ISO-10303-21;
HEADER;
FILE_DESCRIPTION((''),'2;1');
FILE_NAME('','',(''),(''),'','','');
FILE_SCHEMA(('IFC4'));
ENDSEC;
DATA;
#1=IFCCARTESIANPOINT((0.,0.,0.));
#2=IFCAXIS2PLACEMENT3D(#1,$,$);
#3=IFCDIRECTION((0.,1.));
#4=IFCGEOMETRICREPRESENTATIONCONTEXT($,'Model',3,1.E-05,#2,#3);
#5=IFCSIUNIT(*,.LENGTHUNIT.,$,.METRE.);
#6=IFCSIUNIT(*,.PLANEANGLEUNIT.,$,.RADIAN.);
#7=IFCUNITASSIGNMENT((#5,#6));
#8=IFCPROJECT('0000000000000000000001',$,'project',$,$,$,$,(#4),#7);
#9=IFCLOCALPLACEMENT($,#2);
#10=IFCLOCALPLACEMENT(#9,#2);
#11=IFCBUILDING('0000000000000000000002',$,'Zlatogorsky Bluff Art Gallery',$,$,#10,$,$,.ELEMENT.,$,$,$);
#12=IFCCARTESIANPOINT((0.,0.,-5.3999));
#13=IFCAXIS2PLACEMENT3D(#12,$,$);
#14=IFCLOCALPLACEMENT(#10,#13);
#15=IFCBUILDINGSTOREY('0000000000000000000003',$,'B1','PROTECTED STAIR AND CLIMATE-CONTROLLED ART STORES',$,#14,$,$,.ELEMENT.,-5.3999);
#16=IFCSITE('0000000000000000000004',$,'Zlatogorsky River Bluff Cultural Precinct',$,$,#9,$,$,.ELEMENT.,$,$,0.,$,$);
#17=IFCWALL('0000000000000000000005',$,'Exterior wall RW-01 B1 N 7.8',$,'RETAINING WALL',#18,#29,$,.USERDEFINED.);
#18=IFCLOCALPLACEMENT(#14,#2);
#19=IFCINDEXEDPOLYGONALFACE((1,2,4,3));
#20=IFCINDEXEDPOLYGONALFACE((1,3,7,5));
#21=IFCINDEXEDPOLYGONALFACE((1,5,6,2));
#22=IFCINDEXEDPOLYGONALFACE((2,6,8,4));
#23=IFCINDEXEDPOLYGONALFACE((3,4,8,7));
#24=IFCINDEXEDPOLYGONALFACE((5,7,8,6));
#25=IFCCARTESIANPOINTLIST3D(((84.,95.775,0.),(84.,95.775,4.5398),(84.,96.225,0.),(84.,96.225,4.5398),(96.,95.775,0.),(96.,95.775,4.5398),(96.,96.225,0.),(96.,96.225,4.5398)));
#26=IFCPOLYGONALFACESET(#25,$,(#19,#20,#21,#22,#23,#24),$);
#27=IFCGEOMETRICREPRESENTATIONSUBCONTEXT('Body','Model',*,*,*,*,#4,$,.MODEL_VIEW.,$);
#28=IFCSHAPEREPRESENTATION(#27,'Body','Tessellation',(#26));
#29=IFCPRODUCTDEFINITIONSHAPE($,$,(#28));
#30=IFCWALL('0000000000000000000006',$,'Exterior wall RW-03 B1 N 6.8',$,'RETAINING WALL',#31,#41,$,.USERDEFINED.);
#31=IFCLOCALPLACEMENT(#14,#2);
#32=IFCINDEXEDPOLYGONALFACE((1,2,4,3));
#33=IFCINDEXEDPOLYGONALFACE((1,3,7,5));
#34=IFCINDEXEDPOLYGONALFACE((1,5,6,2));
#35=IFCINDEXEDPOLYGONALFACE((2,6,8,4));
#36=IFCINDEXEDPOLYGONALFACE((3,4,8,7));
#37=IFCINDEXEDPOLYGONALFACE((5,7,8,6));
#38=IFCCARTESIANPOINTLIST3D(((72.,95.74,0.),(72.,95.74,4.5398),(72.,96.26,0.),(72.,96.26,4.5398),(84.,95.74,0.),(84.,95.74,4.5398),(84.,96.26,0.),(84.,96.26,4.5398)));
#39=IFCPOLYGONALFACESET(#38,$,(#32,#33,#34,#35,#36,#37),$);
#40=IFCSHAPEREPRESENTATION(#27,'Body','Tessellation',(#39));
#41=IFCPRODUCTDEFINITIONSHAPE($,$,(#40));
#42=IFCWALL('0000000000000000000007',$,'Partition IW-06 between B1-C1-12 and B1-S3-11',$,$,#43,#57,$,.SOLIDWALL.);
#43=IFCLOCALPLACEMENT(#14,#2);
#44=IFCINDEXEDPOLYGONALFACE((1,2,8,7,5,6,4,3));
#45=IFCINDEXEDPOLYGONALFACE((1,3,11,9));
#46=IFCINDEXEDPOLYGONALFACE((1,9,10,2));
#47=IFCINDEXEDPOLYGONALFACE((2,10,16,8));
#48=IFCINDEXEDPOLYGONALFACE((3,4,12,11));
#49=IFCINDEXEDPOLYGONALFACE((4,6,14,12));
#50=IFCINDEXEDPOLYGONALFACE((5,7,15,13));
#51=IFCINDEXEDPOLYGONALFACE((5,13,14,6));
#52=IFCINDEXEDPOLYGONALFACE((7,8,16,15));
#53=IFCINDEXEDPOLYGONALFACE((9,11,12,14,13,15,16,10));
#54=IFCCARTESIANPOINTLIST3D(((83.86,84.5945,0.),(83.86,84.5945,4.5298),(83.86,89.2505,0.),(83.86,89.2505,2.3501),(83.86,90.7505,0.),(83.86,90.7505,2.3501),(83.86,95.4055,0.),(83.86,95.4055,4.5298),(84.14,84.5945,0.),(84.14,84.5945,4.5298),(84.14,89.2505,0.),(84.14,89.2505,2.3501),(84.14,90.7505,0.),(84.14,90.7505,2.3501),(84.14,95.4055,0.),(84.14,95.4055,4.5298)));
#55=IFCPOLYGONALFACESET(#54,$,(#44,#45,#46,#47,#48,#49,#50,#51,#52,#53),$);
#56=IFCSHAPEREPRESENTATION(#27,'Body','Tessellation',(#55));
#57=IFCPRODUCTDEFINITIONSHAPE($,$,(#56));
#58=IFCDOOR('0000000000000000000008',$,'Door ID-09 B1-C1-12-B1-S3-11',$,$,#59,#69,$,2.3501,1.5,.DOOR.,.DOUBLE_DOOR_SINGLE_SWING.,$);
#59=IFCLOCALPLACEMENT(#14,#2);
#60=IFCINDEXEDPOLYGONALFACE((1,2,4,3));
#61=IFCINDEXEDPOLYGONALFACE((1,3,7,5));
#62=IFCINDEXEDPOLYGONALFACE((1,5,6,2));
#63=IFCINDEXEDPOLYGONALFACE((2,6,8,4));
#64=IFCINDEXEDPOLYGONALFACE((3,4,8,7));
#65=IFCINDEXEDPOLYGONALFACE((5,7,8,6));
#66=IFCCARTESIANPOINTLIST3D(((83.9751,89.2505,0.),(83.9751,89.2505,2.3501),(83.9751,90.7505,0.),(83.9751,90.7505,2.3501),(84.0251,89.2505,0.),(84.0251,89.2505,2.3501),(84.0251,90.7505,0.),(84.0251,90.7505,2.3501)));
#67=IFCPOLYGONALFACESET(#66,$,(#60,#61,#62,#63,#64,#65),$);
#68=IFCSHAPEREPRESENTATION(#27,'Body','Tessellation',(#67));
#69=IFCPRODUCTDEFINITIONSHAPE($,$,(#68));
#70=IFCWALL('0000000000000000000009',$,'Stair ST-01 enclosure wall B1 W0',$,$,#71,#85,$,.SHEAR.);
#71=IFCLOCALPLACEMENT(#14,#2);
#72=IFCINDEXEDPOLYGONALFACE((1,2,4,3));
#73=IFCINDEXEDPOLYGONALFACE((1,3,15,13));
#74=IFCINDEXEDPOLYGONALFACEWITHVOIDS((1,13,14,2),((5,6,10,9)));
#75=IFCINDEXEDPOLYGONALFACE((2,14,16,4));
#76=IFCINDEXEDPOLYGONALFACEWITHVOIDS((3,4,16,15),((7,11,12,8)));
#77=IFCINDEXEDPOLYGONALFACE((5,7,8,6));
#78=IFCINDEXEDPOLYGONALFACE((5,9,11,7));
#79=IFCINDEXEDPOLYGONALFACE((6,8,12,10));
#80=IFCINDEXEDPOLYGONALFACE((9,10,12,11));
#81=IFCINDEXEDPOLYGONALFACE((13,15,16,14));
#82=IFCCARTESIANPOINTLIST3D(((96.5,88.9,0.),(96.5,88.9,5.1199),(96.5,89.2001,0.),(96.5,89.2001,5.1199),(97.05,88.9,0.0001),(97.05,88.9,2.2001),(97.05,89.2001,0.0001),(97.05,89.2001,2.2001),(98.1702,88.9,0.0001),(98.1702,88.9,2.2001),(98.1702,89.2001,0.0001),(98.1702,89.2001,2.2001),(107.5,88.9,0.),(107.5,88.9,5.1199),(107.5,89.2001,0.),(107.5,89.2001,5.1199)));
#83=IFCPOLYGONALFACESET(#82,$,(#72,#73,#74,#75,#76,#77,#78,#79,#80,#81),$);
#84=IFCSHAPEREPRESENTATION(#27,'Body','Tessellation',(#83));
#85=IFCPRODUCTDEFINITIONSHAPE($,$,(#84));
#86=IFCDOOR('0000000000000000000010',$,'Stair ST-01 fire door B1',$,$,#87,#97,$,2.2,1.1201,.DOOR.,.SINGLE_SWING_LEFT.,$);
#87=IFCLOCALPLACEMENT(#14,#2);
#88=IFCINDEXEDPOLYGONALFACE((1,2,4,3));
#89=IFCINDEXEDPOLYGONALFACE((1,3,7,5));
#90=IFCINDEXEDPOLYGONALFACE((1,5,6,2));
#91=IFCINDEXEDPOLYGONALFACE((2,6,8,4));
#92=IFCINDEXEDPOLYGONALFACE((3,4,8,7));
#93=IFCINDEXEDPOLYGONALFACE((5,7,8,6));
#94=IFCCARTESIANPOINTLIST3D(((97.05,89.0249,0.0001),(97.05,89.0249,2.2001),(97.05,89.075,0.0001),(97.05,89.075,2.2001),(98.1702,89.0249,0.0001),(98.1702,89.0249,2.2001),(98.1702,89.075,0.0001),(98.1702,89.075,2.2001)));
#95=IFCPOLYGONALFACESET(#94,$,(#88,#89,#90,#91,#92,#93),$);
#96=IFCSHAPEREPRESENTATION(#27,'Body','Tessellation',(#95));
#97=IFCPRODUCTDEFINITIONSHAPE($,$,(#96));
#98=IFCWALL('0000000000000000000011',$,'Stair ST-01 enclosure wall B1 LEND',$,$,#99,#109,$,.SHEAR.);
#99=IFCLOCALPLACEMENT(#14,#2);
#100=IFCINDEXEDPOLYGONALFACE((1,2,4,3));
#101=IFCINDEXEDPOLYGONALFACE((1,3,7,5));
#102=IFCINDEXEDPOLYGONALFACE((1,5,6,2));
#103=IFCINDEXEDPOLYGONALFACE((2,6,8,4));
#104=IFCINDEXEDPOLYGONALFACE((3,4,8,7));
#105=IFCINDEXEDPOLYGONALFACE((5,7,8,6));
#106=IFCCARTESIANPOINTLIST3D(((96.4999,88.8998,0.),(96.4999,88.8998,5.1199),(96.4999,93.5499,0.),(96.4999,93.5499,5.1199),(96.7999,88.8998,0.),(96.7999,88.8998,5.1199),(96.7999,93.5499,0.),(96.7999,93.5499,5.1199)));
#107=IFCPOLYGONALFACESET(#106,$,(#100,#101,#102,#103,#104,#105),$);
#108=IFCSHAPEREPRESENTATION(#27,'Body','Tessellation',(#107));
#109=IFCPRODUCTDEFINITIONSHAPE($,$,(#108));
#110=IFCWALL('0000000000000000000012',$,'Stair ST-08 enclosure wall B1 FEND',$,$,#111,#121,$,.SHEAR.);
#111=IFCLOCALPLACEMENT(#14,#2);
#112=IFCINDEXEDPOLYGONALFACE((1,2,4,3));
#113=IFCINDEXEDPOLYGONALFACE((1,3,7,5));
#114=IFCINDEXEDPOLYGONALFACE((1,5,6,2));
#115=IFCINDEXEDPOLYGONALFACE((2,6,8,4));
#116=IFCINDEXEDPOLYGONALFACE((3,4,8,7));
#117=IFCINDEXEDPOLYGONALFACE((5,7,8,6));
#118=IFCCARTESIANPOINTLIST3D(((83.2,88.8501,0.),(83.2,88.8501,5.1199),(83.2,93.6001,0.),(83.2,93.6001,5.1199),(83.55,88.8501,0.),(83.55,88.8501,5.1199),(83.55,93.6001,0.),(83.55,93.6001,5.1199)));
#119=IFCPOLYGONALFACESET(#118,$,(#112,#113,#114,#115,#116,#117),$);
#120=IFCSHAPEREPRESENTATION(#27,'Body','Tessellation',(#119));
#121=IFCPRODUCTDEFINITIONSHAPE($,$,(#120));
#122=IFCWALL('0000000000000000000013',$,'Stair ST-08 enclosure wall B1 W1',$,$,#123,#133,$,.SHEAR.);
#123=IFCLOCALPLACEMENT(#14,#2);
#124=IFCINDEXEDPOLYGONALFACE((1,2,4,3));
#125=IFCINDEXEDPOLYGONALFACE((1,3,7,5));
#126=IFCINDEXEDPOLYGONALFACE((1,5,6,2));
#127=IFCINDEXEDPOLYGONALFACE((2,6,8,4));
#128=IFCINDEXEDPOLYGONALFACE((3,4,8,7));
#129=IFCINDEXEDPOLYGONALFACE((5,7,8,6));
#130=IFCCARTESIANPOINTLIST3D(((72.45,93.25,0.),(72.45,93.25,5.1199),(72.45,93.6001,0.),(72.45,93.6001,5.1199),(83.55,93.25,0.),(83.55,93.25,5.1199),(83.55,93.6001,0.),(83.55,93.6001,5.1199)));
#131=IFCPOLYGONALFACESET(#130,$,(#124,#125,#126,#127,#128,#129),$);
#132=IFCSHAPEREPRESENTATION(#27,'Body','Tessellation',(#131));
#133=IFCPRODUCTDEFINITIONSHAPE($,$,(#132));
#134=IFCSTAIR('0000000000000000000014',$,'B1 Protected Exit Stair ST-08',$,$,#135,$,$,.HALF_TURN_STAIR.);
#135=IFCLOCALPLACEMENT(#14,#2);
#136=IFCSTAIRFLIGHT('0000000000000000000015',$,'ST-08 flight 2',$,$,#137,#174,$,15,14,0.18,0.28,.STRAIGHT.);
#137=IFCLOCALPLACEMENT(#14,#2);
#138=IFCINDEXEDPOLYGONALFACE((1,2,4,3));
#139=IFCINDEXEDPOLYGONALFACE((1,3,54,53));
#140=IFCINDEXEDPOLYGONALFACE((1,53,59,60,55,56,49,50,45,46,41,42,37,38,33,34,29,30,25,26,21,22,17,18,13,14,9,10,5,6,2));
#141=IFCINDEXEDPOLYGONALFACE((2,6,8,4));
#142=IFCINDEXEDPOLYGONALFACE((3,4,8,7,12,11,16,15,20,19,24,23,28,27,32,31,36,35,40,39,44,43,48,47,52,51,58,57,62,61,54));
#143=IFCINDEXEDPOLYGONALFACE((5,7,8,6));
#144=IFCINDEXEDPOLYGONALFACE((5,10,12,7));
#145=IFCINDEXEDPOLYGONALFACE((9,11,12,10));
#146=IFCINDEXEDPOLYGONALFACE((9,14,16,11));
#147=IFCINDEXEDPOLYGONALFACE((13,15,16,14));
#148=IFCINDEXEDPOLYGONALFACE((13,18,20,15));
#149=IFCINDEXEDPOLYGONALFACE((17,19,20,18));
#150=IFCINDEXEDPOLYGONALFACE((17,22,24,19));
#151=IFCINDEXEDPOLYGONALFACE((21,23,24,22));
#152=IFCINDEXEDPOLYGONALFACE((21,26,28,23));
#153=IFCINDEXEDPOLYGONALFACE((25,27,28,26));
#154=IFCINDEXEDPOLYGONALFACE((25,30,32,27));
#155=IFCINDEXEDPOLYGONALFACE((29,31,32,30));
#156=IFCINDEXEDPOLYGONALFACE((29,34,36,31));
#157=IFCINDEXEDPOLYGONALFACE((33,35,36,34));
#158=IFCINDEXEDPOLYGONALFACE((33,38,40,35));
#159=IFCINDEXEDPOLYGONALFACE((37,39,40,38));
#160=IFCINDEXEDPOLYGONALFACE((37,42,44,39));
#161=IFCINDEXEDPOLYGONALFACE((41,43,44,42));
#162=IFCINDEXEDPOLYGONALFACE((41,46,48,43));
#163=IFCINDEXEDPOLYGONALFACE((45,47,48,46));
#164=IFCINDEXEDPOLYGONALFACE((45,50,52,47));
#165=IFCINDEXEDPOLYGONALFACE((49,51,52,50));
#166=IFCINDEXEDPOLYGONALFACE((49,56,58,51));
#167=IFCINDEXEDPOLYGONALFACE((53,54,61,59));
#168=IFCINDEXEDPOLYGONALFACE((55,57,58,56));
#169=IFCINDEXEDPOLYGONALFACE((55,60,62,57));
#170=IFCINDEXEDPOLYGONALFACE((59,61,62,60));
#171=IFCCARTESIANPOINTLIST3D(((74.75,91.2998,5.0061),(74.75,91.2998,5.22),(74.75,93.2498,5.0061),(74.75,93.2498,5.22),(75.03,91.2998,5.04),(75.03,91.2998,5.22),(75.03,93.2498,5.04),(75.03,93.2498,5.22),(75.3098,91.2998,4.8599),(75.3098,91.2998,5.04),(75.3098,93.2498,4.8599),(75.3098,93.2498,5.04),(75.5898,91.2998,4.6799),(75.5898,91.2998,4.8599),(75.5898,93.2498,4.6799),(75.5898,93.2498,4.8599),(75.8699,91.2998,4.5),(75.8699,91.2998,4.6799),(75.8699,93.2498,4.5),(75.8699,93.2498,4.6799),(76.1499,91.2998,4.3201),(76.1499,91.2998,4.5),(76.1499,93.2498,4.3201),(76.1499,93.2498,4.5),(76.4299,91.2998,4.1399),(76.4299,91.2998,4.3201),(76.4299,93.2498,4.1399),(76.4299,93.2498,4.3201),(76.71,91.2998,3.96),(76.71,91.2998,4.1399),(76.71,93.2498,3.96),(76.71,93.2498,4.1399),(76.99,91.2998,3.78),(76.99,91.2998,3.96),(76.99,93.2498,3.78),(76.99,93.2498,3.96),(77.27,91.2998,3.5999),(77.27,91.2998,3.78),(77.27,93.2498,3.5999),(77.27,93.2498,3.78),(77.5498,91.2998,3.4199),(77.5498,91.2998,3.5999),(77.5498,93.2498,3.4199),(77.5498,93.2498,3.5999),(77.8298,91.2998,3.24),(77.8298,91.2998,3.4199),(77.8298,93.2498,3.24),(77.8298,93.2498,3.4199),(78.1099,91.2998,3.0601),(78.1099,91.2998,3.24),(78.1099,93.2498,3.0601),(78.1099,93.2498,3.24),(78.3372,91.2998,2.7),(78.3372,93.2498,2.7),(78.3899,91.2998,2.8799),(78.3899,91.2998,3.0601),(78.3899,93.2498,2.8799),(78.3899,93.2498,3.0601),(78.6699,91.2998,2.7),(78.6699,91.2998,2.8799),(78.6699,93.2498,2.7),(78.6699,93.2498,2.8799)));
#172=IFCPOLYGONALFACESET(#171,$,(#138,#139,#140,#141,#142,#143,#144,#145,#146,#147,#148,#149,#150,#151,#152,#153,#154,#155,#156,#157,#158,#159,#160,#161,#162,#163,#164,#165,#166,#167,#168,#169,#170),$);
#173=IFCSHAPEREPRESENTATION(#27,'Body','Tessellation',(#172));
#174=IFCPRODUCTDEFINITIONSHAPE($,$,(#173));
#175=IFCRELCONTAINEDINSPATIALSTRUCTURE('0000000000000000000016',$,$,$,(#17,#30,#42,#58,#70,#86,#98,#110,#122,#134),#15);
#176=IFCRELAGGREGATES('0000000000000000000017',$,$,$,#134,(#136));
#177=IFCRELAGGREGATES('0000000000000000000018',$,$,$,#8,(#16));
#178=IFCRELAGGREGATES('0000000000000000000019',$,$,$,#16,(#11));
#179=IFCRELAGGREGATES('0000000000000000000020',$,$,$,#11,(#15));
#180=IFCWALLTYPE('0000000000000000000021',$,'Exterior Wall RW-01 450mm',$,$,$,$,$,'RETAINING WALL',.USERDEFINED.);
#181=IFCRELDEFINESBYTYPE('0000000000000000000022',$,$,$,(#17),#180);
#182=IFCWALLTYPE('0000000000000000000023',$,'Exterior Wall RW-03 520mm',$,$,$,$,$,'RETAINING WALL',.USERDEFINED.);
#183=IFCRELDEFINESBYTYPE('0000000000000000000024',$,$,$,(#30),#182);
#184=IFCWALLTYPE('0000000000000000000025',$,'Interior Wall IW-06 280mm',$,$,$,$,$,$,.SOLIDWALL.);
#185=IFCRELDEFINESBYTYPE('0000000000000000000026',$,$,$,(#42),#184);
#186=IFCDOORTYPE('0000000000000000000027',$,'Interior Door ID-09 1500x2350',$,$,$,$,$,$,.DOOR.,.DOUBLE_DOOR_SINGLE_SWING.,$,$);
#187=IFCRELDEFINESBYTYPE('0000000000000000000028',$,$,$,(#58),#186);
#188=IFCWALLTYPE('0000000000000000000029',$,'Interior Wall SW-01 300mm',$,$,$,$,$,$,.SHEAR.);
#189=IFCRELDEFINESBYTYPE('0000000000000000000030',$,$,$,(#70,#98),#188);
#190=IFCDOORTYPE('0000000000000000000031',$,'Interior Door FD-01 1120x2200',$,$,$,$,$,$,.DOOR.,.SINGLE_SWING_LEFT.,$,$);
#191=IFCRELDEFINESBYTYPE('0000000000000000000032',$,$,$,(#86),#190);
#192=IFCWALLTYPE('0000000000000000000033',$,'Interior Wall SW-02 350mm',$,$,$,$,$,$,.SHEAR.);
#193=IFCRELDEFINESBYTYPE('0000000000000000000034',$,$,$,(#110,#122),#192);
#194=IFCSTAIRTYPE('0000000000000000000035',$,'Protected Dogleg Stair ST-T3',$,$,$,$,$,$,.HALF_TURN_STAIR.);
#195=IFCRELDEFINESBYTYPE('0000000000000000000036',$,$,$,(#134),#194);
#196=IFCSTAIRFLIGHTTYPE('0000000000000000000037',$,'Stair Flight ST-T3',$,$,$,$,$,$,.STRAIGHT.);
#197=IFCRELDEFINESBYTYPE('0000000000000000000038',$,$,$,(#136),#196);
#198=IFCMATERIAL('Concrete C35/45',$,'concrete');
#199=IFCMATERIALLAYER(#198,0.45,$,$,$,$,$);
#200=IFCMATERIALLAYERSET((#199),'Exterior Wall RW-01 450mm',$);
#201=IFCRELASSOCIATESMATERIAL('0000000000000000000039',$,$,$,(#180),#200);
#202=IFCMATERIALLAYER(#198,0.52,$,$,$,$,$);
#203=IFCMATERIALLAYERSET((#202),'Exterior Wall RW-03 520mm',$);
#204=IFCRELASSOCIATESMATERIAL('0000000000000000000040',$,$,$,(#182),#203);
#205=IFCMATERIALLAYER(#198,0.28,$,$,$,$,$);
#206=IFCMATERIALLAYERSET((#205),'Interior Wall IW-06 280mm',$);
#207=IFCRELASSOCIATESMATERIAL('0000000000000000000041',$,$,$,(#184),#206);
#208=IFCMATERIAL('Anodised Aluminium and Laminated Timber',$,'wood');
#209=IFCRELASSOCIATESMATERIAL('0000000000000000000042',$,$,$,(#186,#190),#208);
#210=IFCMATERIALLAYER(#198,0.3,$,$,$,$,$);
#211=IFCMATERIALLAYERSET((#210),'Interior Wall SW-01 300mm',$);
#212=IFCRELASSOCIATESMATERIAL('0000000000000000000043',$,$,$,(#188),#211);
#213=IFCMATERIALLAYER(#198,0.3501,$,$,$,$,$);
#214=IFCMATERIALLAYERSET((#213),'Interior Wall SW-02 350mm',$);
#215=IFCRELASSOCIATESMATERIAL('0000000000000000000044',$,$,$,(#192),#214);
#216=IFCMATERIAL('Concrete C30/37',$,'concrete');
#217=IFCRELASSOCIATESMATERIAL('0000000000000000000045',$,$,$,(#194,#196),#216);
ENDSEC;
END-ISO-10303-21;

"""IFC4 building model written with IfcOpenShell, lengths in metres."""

from ifc_helpers import new_model, si_unit, direction, frame, frame_2d, origin, place, context, subcontext, project, spatial, polyline, rectangle, outline, extrude, material, layer, layer_set, type_object, element, fill, aggregate, save


model = new_model("IFC4")

# Units and contexts
model_context = context("Model", 3, precision=1e-05, world=origin(), true_north=direction((0.0, 1.0)))
body_context = subcontext(model_context, "Body", "Model", "MODEL_VIEW")
ifc_project = project(units=[si_unit("LENGTHUNIT", "METRE"), si_unit("PLANEANGLEUNIT", "RADIAN")], contexts=[model_context])

# Site, building, storey
site_placement = place(None, origin())
site = spatial("IfcSite", under=ifc_project, at=site_placement, Name="Zlatogorsky River Bluff Cultural Precinct", CompositionType="ELEMENT", RefElevation=0.0)
building_placement = place(site_placement, origin())
building = spatial("IfcBuilding", under=site, at=building_placement, Name="Zlatogorsky Bluff Art Gallery", CompositionType="ELEMENT")
storey_placement = place(building_placement, frame((0.0, 0.0, -5.3999)))
storey = spatial("IfcBuildingStorey", under=building, at=storey_placement, Name="B1", Description="PROTECTED STAIR AND CLIMATE-CONTROLLED ART STORES", CompositionType="ELEMENT", Elevation=-5.3999)

# Shared definitions
ifc_material_1 = material(Name="Concrete C35/45", Category="concrete")

# Walls
ifc_layer_1 = layer(ifc_material_1, 0.45)
ifc_layer_set_1 = layer_set([ifc_layer_1], Name="Exterior Wall RW-01 450mm")
wall_type_1 = type_object("IfcWallType", Name="Exterior Wall RW-01 450mm", ElementType="RETAINING WALL", PredefinedType="USERDEFINED", material=ifc_layer_set_1)
wall_1_placement = place(storey_placement, frame((96.0, 96.0, 0.0), z_axis=(0.0, 0.0, 1.0), x_axis=(-1.0, 0.0, 0.0)))
element("IfcWall", 1, at=wall_1_placement, inside=storey, type_object=wall_type_1, Name="Exterior wall RW-01 B1 N 7.8", ObjectType="RETAINING WALL", PredefinedType="USERDEFINED", context=body_context, shape_type="SweptSolid", body=[
    extrude(rectangle(XDim=12.0, YDim=0.45, at=frame_2d((6.0, 0.0))), origin(), (0.0, 0.0, 1.0), 4.5398),
])
ifc_layer_2 = layer(ifc_material_1, 0.52)
ifc_layer_set_2 = layer_set([ifc_layer_2], Name="Exterior Wall RW-03 520mm")
wall_type_2 = type_object("IfcWallType", Name="Exterior Wall RW-03 520mm", ElementType="RETAINING WALL", PredefinedType="USERDEFINED", material=ifc_layer_set_2)
wall_2_placement = place(storey_placement, frame((84.0, 96.0, 0.0), z_axis=(0.0, 0.0, 1.0), x_axis=(-1.0, 0.0, 0.0)))
element("IfcWall", 2, at=wall_2_placement, inside=storey, type_object=wall_type_2, Name="Exterior wall RW-03 B1 N 6.8", ObjectType="RETAINING WALL", PredefinedType="USERDEFINED", context=body_context, shape_type="SweptSolid", body=[
    extrude(rectangle(XDim=12.0, YDim=0.52, at=frame_2d((6.0, 0.0))), origin(), (0.0, 0.0, 1.0), 4.5398),
])

# Walls, openings, doors
ifc_layer_3 = layer(ifc_material_1, 0.28)
ifc_layer_set_3 = layer_set([ifc_layer_3], Name="Interior Wall IW-06 280mm")
wall_type_3 = type_object("IfcWallType", Name="Interior Wall IW-06 280mm", PredefinedType="SOLIDWALL", material=ifc_layer_set_3)
wall_3_placement = place(storey_placement, frame((84.0, 84.5945, 0.0), z_axis=(0.0, 0.0, 1.0), x_axis=(0.0, 1.0, 0.0)))
wall_3 = element("IfcWall", 3, at=wall_3_placement, inside=storey, type_object=wall_type_3, Name="Partition IW-06 between B1-C1-12 and B1-S3-11", PredefinedType="SOLIDWALL", context=body_context, shape_type="SweptSolid", body=[
    extrude(rectangle(XDim=10.811, YDim=0.28, at=frame_2d((5.4055, 0.0))), origin(), (0.0, 0.0, 1.0), 4.5298),
])
opening_1_placement = place(wall_3_placement, frame((4.656, 0.0, 0.0)))
opening_1 = element("IfcOpeningElement", 4, at=opening_1_placement, cuts=wall_3, PredefinedType="OPENING", context=body_context, shape_type="SweptSolid", body=[
    extrude(rectangle(XDim=1.5, YDim=2.3501, at=frame_2d((0.75, 1.175))), frame((0.0, 0.1499, 0.0), z_axis=(0.0, -1.0, 0.0), x_axis=(1.0, 0.0, 0.0)), (0.0, 0.0, 1.0), 0.3),
])
ifc_material_2 = material(Name="Anodised Aluminium and Laminated Timber", Category="wood")
door_type_1 = type_object("IfcDoorType", Name="Interior Door ID-09 1500x2350", OperationType="DOUBLE_DOOR_SINGLE_SWING", PredefinedType="DOOR", material=ifc_material_2)
door_1_placement = place(opening_1_placement, origin())
door_1 = element("IfcDoor", 5, at=door_1_placement, inside=storey, type_object=door_type_1, Name="Door ID-09 B1-C1-12-B1-S3-11", OperationType="DOUBLE_DOOR_SINGLE_SWING", OverallHeight=2.3501, OverallWidth=1.5, PredefinedType="DOOR", context=body_context, shape_type="SweptSolid", body=[
    extrude(rectangle(XDim=1.5, YDim=2.3501, at=frame_2d((0.75, 1.175))), frame((0.0, 0.0249, 0.0), z_axis=(0.0, -1.0, 0.0), x_axis=(1.0, 0.0, 0.0)), (0.0, 0.0, 1.0), 0.05),
])
fill(opening_1, door_1)
ifc_layer_4 = layer(ifc_material_1, 0.3)
ifc_layer_set_4 = layer_set([ifc_layer_4], Name="Interior Wall SW-01 300mm")
wall_type_4 = type_object("IfcWallType", Name="Interior Wall SW-01 300mm", PredefinedType="SHEAR", material=ifc_layer_set_4)
wall_4_placement = place(storey_placement, frame((96.5, 89.05, 0.0), z_axis=(0.0, 0.0, 1.0), x_axis=(1.0, 0.0, 0.0)))
wall_4 = element("IfcWall", 6, at=wall_4_placement, inside=storey, type_object=wall_type_4, Name="Stair ST-01 enclosure wall B1 W0", PredefinedType="SHEAR", context=body_context, shape_type="SweptSolid", body=[
    extrude(rectangle(XDim=11.0, YDim=0.3, at=frame_2d((5.5, 0.0))), origin(), (0.0, 0.0, 1.0), 5.1199),
])
opening_2_placement = place(wall_4_placement, frame((0.55, 0.0, 0.0)))
opening_2 = element("IfcOpeningElement", 7, at=opening_2_placement, cuts=wall_4, PredefinedType="OPENING", context=body_context, shape_type="SweptSolid", body=[
    extrude(rectangle(XDim=1.1201, YDim=2.2, at=frame_2d((0.5601, 1.1001))), frame((0.0, 0.1599, 0.0), z_axis=(0.0, -1.0, 0.0), x_axis=(1.0, 0.0, 0.0)), (0.0, 0.0, 1.0), 0.3201),
])
door_type_2 = type_object("IfcDoorType", Name="Interior Door FD-01 1120x2200", OperationType="SINGLE_SWING_LEFT", PredefinedType="DOOR", material=ifc_material_2)
door_2_placement = place(opening_2_placement, origin())
door_2 = element("IfcDoor", 8, at=door_2_placement, inside=storey, type_object=door_type_2, Name="Stair ST-01 fire door B1", OperationType="SINGLE_SWING_LEFT", OverallHeight=2.2, OverallWidth=1.1201, PredefinedType="DOOR", context=body_context, shape_type="SweptSolid", body=[
    extrude(rectangle(XDim=1.1201, YDim=2.2, at=frame_2d((0.5601, 1.1001))), frame((0.0, 0.0249, 0.0), z_axis=(0.0, -1.0, 0.0), x_axis=(1.0, 0.0, 0.0)), (0.0, 0.0, 1.0), 0.05),
])
fill(opening_2, door_2)

# Walls
wall_5_placement = place(storey_placement, frame((96.6499, 93.55, 0.0), z_axis=(0.0, 0.0, 1.0), x_axis=(0.0, -1.0, 0.0)))
element("IfcWall", 9, at=wall_5_placement, inside=storey, type_object=wall_type_4, Name="Stair ST-01 enclosure wall B1 LEND", PredefinedType="SHEAR", context=body_context, shape_type="SweptSolid", body=[
    extrude(rectangle(XDim=4.6501, YDim=0.3, at=frame_2d((2.3252, 0.0))), origin(), (0.0, 0.0, 1.0), 5.1199),
])
ifc_layer_5 = layer(ifc_material_1, 0.3501)
ifc_layer_set_5 = layer_set([ifc_layer_5], Name="Interior Wall SW-02 350mm")
wall_type_5 = type_object("IfcWallType", Name="Interior Wall SW-02 350mm", PredefinedType="SHEAR", material=ifc_layer_set_5)
wall_6_placement = place(storey_placement, frame((83.375, 88.8501, 0.0), z_axis=(0.0, 0.0, 1.0), x_axis=(0.0, 1.0, 0.0)))
element("IfcWall", 10, at=wall_6_placement, inside=storey, type_object=wall_type_5, Name="Stair ST-08 enclosure wall B1 FEND", PredefinedType="SHEAR", context=body_context, shape_type="SweptSolid", body=[
    extrude(rectangle(XDim=4.75, YDim=0.3501, at=frame_2d((2.375, 0.0))), origin(), (0.0, 0.0, 1.0), 5.1199),
])
wall_7_placement = place(storey_placement, frame((83.55, 93.425, 0.0), z_axis=(0.0, 0.0, 1.0), x_axis=(-1.0, 0.0, 0.0)))
element("IfcWall", 11, at=wall_7_placement, inside=storey, type_object=wall_type_5, Name="Stair ST-08 enclosure wall B1 W1", PredefinedType="SHEAR", context=body_context, shape_type="SweptSolid", body=[
    extrude(rectangle(XDim=11.1001, YDim=0.3501, at=frame_2d((5.55, 0.0))), origin(), (0.0, 0.0, 1.0), 5.1199),
])

# Stair, stair flight
ifc_material_3 = material(Name="Concrete C30/37", Category="concrete")
stair_type = type_object("IfcStairType", Name="Protected Dogleg Stair ST-T3", PredefinedType="HALF_TURN_STAIR", material=ifc_material_3)
stair_placement = place(storey_placement, origin())
stair = element("IfcStair", 12, at=stair_placement, inside=storey, type_object=stair_type, Name="B1 Protected Exit Stair ST-08", PredefinedType="HALF_TURN_STAIR")
stair_flight_type = type_object("IfcStairFlightType", Name="Stair Flight ST-T3", PredefinedType="STRAIGHT", material=ifc_material_3)
stair_flight_placement = place(storey_placement, frame((78.6699, 92.2749, 2.7), z_axis=(0.0, 0.0, 1.0), x_axis=(-1.0, 0.0, 0.0)))
stair_flight = element("IfcStairFlight", 13, at=stair_flight_placement, type_object=stair_flight_type, Name="ST-08 flight 2", NumberOfRisers=15, NumberOfTreads=14, PredefinedType="STRAIGHT", RiserHeight=0.18, TreadLength=0.28, context=body_context, shape_type="SweptSolid", body=[
    extrude(outline(polyline([(0.0, 0.0), (0.0, 0.1799), (0.28, 0.1799), (0.28, 0.3601), (0.5601, 0.3601), (0.5601, 0.54), (0.8401, 0.54), (0.8401, 0.72), (1.1201, 0.72), (1.1201, 0.8999), (1.3999, 0.8999), (1.3999, 1.0801), (1.6799, 1.0801), (1.6799, 1.26), (1.96, 1.26), (1.96, 1.4399), (2.24, 1.4399), (2.24, 1.6201), (2.52, 1.6201), (2.52, 1.8), (2.8, 1.8), (2.8, 1.98), (3.0801, 1.98), (3.0801, 2.1599), (3.3601, 2.1599), (3.3601, 2.3401), (3.6399, 2.3401), (3.6399, 2.52), (3.9199, 2.52), (3.9199, 2.7), (3.9199, 2.3062), (0.3328, 0.0), (0.0, 0.0)])), frame((0.0, 0.9751, 0.0), z_axis=(0.0, -1.0, 0.0), x_axis=(1.0, 0.0, 0.0)), (0.0, 0.0, 1.0), 1.95),
])
aggregate(stair, [stair_flight])

save(model, "model.ifc")
